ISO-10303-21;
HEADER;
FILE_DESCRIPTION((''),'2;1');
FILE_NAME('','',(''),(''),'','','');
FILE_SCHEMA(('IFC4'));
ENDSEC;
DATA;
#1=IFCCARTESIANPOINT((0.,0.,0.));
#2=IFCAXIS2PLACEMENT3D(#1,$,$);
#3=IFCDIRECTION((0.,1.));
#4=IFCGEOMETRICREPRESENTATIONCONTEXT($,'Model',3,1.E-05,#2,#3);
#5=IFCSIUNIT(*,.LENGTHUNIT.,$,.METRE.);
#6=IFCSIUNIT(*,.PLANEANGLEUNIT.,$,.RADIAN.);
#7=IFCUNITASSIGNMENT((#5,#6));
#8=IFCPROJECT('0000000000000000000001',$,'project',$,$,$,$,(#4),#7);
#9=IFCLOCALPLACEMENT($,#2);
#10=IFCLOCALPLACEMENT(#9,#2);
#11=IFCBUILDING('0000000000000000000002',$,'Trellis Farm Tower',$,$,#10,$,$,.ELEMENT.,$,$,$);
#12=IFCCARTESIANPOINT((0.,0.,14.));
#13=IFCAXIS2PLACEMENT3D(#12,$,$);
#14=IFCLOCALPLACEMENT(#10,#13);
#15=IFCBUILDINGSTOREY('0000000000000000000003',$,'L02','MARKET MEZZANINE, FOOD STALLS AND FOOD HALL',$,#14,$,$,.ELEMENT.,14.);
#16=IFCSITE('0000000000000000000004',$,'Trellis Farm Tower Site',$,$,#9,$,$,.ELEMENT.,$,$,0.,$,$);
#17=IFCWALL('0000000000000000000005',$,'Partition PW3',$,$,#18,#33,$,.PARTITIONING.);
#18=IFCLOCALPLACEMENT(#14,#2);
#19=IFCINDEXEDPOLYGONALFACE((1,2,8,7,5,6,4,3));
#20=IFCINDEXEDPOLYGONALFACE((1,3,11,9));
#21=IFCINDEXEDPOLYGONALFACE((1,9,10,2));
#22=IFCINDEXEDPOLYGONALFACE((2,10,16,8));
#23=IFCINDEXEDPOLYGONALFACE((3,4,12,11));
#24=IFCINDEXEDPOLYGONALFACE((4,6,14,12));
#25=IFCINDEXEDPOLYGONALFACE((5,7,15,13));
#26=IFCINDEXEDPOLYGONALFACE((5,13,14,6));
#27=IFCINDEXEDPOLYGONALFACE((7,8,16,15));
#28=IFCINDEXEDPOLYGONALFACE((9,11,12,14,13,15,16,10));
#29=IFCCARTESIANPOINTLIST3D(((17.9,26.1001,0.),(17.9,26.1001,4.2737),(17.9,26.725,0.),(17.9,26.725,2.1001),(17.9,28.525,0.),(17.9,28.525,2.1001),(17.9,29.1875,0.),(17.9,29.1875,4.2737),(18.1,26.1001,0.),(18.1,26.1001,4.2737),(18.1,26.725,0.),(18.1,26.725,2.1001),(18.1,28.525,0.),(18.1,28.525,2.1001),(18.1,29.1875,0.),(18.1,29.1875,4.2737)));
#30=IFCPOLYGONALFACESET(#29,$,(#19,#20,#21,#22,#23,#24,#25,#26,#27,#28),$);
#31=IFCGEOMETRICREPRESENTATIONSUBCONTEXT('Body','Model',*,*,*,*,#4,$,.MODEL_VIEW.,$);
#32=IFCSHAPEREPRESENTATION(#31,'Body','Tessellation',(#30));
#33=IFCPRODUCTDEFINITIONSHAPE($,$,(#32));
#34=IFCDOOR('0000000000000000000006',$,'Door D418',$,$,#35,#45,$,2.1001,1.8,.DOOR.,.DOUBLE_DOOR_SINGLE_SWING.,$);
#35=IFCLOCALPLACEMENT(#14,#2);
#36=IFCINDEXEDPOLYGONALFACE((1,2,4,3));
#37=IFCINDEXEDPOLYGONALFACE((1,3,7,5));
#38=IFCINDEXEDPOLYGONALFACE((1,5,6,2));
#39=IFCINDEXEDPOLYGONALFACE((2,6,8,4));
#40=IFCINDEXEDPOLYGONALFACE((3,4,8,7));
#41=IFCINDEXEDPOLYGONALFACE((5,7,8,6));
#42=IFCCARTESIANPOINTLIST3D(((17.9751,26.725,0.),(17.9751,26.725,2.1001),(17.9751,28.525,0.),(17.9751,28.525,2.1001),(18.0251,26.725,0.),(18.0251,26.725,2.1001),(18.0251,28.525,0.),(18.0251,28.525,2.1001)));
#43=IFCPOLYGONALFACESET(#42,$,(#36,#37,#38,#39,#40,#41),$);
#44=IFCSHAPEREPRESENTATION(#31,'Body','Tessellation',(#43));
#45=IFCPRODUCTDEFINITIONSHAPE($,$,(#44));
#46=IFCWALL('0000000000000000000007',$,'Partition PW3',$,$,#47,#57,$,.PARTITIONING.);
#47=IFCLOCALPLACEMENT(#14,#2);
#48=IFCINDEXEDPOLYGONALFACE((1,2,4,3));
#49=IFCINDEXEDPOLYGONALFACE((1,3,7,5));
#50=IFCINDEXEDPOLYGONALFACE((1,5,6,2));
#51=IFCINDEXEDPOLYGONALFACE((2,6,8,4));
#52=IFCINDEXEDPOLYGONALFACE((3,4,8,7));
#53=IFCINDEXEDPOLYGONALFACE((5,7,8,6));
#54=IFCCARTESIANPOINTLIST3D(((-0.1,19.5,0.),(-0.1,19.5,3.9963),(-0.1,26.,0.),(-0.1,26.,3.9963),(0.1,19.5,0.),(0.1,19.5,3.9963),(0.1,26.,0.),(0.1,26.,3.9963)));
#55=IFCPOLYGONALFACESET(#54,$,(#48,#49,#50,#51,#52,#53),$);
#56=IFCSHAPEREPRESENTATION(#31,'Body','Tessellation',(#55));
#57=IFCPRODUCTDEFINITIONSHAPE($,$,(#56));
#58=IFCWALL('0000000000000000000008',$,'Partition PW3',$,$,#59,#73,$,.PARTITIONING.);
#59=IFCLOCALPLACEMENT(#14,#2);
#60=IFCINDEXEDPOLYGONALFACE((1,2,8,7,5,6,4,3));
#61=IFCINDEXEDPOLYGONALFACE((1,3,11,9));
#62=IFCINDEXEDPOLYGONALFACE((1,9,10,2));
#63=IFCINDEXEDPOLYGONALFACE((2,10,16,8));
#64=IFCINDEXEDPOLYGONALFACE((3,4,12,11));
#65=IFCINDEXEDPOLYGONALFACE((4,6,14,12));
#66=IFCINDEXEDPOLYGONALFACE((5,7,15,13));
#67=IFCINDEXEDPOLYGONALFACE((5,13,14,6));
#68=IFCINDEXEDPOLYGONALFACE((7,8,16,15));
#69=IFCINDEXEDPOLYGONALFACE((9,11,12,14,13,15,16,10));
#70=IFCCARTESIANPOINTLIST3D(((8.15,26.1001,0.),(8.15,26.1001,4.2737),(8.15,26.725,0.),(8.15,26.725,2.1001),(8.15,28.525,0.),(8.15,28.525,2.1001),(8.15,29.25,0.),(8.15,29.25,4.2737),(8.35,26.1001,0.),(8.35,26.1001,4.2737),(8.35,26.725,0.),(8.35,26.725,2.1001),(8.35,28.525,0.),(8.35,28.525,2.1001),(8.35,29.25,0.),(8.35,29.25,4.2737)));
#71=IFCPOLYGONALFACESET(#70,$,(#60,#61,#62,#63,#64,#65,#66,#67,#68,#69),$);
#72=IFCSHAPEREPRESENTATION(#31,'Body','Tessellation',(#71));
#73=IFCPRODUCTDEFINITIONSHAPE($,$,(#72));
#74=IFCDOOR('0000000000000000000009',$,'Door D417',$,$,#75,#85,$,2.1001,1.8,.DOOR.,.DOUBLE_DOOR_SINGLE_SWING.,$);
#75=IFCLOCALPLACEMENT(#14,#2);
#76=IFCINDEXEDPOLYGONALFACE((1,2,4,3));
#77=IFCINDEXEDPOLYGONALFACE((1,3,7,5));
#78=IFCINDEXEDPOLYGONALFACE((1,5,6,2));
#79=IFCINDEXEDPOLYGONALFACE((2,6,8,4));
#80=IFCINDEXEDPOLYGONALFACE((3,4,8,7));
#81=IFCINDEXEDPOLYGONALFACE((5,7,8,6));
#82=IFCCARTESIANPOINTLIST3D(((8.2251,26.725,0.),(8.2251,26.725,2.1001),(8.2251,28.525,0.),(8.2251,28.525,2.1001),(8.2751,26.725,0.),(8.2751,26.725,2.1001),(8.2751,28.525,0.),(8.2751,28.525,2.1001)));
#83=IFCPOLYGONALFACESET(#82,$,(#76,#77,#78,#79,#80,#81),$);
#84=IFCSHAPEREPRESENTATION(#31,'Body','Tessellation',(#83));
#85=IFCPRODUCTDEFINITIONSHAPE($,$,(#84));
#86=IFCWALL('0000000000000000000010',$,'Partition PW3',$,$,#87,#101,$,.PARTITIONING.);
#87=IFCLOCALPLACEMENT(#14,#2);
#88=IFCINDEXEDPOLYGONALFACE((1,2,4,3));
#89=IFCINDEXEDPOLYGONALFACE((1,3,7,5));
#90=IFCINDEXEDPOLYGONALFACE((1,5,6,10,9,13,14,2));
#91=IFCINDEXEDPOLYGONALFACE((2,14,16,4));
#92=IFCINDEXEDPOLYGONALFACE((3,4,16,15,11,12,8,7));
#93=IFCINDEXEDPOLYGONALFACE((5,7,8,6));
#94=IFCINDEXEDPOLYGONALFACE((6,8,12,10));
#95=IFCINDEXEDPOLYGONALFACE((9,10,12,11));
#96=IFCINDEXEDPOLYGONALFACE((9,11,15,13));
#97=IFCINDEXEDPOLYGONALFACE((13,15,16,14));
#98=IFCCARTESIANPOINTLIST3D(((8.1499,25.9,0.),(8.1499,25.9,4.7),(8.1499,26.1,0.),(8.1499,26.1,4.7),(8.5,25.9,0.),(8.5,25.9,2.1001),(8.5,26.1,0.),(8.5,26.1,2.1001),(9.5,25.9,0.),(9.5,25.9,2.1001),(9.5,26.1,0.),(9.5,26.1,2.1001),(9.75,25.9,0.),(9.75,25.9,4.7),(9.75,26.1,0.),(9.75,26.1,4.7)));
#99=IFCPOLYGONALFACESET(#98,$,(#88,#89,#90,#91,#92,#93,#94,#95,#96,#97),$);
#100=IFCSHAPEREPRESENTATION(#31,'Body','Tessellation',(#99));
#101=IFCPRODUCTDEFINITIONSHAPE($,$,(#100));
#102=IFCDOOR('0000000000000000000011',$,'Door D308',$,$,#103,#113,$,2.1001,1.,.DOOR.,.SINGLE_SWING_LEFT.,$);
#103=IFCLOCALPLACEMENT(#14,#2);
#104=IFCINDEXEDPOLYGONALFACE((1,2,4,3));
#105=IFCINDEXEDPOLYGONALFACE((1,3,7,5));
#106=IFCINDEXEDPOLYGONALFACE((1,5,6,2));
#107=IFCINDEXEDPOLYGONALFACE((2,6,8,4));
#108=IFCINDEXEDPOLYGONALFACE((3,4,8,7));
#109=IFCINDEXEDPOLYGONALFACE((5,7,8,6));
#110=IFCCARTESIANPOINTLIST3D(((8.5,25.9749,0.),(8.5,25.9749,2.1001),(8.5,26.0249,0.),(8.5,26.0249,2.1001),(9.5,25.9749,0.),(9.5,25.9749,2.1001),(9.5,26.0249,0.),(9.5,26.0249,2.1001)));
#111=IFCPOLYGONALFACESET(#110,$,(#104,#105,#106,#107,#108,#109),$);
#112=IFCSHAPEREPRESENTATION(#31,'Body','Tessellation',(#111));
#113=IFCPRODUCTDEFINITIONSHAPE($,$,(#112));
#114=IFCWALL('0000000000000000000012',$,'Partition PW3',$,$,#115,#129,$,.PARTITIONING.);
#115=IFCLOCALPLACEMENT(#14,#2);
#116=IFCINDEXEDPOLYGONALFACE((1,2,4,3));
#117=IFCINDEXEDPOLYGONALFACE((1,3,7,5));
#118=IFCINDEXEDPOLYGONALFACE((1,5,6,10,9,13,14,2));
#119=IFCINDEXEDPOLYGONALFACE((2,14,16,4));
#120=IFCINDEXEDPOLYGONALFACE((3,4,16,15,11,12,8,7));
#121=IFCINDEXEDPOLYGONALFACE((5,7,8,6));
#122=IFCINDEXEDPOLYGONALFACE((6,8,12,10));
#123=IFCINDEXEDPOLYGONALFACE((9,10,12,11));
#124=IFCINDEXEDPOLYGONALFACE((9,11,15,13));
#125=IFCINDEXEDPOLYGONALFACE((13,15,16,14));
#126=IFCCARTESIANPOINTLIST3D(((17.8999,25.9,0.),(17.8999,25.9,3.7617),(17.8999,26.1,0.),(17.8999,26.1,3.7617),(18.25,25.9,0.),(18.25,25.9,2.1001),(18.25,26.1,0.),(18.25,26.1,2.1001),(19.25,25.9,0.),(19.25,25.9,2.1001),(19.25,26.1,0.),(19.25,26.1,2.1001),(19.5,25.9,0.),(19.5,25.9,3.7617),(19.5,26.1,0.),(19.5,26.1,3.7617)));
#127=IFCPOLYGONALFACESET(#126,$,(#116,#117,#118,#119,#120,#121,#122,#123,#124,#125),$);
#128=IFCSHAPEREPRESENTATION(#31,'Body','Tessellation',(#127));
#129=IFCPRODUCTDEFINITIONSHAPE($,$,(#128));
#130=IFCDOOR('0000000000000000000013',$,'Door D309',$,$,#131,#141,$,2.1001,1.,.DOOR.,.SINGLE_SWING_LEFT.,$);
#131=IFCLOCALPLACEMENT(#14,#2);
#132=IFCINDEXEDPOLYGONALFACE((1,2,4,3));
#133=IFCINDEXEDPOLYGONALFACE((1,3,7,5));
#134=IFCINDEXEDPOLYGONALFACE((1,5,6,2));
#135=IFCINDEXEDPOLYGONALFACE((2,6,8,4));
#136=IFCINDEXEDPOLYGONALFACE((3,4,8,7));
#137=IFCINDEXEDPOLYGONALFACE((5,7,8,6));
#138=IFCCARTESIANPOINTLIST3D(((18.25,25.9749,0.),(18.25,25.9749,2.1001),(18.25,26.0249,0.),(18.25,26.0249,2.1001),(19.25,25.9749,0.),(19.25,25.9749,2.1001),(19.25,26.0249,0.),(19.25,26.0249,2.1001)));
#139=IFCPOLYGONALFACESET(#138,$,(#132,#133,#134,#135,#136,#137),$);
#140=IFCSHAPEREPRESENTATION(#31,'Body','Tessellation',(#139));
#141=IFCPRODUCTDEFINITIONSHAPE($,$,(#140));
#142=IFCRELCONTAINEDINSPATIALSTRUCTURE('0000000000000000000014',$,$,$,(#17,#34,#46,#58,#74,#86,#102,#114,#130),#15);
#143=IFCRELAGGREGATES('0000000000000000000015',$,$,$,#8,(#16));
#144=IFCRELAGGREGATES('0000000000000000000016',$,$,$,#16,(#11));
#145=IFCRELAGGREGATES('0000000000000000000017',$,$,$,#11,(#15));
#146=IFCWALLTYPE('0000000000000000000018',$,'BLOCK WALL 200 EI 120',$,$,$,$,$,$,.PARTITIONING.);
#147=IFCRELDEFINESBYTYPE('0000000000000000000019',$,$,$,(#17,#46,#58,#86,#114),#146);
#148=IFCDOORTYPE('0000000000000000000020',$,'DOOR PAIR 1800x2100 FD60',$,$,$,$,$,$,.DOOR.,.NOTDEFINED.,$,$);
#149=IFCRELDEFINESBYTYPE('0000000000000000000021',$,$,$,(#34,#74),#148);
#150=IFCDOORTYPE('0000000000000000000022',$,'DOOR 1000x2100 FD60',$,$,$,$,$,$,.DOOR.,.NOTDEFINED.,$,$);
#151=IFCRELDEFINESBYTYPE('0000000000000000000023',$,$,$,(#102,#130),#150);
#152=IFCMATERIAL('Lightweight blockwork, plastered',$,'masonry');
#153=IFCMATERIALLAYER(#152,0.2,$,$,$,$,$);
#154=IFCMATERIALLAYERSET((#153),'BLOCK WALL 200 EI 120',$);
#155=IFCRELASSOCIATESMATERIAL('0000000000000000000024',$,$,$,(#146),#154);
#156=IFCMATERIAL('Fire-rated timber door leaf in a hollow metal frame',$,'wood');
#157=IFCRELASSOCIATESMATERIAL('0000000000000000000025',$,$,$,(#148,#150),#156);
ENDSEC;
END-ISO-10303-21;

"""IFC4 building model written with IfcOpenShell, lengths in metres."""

from ifc_helpers import new_model, si_unit, direction, frame, frame_2d, origin, place, context, subcontext, project, spatial, rectangle, extrude, source, transform, mapped, material, layer, layer_set, type_object, element, fill, save


model = new_model("IFC4")

# Units and contexts
model_context = context("Model", 3, precision=1e-05, world=origin(), true_north=direction((0.0, 1.0)))
body_context = subcontext(model_context, "Body", "Model", "MODEL_VIEW")
ifc_project = project(units=[si_unit("LENGTHUNIT", "METRE"), si_unit("PLANEANGLEUNIT", "RADIAN")], contexts=[model_context])

# Site, building, storey
site_placement = place(None, origin())
site = spatial("IfcSite", under=ifc_project, at=site_placement, Name="Trellis Farm Tower Site", CompositionType="ELEMENT", RefElevation=0.0)
building_placement = place(site_placement, origin())
building = spatial("IfcBuilding", under=site, at=building_placement, Name="Trellis Farm Tower", CompositionType="ELEMENT")
storey_placement = place(building_placement, frame((0.0, 0.0, 14.0)))
storey = spatial("IfcBuildingStorey", under=building, at=storey_placement, Name="L02", Description="MARKET MEZZANINE, FOOD STALLS AND FOOD HALL", CompositionType="ELEMENT", Elevation=14.0)

# Wall, opening, door
ifc_material_1 = material(Name="Lightweight blockwork, plastered", Category="masonry")
ifc_layer_1 = layer(ifc_material_1, 0.2)
ifc_layer_set_1 = layer_set([ifc_layer_1], Name="BLOCK WALL 200 EI 120")
wall_type_1 = type_object("IfcWallType", Name="BLOCK WALL 200 EI 120", PredefinedType="PARTITIONING", material=ifc_layer_set_1)
shared_shape_1 = source(origin(), body_context, "Body", "SweptSolid", [
    extrude(rectangle(XDim=3.0874, YDim=0.2, at=frame_2d((1.5437, 0.0))), origin(), (0.0, 0.0, 1.0), 4.2737),
])
wall_1_placement = place(storey_placement, frame((18.0, 26.1001, 0.0), z_axis=(0.0, 0.0, 1.0), x_axis=(0.0, 1.0, 0.0)))
wall_1 = element("IfcWall", 1, at=wall_1_placement, inside=storey, type_object=wall_type_1, Name="Partition PW3", PredefinedType="PARTITIONING", context=body_context, shape_type="MappedRepresentation", body=[
    mapped(shared_shape_1, transform((0.0, 0.0, 0.0))),
])
shared_shape_2 = source(origin(), body_context, "Body", "SweptSolid", [
    extrude(rectangle(XDim=1.8, YDim=2.1001, at=frame_2d((0.8999, 1.05))), frame((0.0, 0.1101, 0.0), z_axis=(0.0, -1.0, 0.0), x_axis=(1.0, 0.0, 0.0)), (0.0, 0.0, 1.0), 0.2202),
])
opening_1_placement = place(wall_1_placement, frame((0.625, 0.0, 0.0)))
opening_1 = element("IfcOpeningElement", 2, at=opening_1_placement, cuts=wall_1, PredefinedType="OPENING", context=body_context, shape_type="MappedRepresentation", body=[
    mapped(shared_shape_2, transform((0.0, 0.0, 0.0))),
])
ifc_material_2 = material(Name="Fire-rated timber door leaf in a hollow metal frame", Category="wood")
door_type_1 = type_object("IfcDoorType", Name="DOOR PAIR 1800x2100 FD60", OperationType="NOTDEFINED", PredefinedType="DOOR", material=ifc_material_2)
shared_shape_3 = source(origin(), body_context, "Body", "SweptSolid", [
    extrude(rectangle(XDim=1.8, YDim=2.1001, at=frame_2d((0.8999, 1.05))), frame((0.0, 0.0249, 0.0), z_axis=(0.0, -1.0, 0.0), x_axis=(1.0, 0.0, 0.0)), (0.0, 0.0, 1.0), 0.05),
])
door_1_placement = place(opening_1_placement, origin())
door_1 = element("IfcDoor", 3, at=door_1_placement, inside=storey, type_object=door_type_1, Name="Door D418", OperationType="DOUBLE_DOOR_SINGLE_SWING", OverallHeight=2.1001, OverallWidth=1.8, PredefinedType="DOOR", context=body_context, shape_type="MappedRepresentation", body=[
    mapped(shared_shape_3, transform((0.0, 0.0, 0.0))),
])
fill(opening_1, door_1)

# Wall
shared_shape_4 = source(origin(), body_context, "Body", "SweptSolid", [
    extrude(rectangle(XDim=6.5, YDim=0.2, at=frame_2d((3.25, 0.0))), origin(), (0.0, 0.0, 1.0), 3.9963),
])
wall_2_placement = place(storey_placement, frame((0.0, 26.0, 0.0), z_axis=(0.0, 0.0, 1.0), x_axis=(0.0, -1.0, 0.0)))
element("IfcWall", 4, at=wall_2_placement, inside=storey, type_object=wall_type_1, Name="Partition PW3", PredefinedType="PARTITIONING", context=body_context, shape_type="MappedRepresentation", body=[
    mapped(shared_shape_4, transform((0.0, 0.0, 0.0))),
])

# Walls, openings, doors
shared_shape_5 = source(origin(), body_context, "Body", "SweptSolid", [
    extrude(rectangle(XDim=3.1499, YDim=0.2, at=frame_2d((1.575, 0.0))), origin(), (0.0, 0.0, 1.0), 4.2737),
])
wall_3_placement = place(storey_placement, frame((8.25, 26.1001, 0.0), z_axis=(0.0, 0.0, 1.0), x_axis=(0.0, 1.0, 0.0)))
wall_3 = element("IfcWall", 5, at=wall_3_placement, inside=storey, type_object=wall_type_1, Name="Partition PW3", PredefinedType="PARTITIONING", context=body_context, shape_type="MappedRepresentation", body=[
    mapped(shared_shape_5, transform((0.0, 0.0, 0.0))),
])
opening_2_placement = place(wall_3_placement, frame((0.625, 0.0, 0.0)))
opening_2 = element("IfcOpeningElement", 6, at=opening_2_placement, cuts=wall_3, PredefinedType="OPENING", context=body_context, shape_type="MappedRepresentation", body=[
    mapped(shared_shape_2, transform((0.0, 0.0, 0.0))),
])
door_2_placement = place(opening_2_placement, origin())
door_2 = element("IfcDoor", 7, at=door_2_placement, inside=storey, type_object=door_type_1, Name="Door D417", OperationType="DOUBLE_DOOR_SINGLE_SWING", OverallHeight=2.1001, OverallWidth=1.8, PredefinedType="DOOR", context=body_context, shape_type="MappedRepresentation", body=[
    mapped(shared_shape_3, transform((0.0, 0.0, 0.0))),
])
fill(opening_2, door_2)
shared_shape_6 = source(origin(), body_context, "Body", "SweptSolid", [
    extrude(rectangle(XDim=1.6001, YDim=0.2, at=frame_2d((0.8, 0.0))), origin(), (0.0, 0.0, 1.0), 4.7),
])
wall_4_placement = place(storey_placement, frame((8.1499, 26.0, 0.0), z_axis=(0.0, 0.0, 1.0), x_axis=(1.0, 0.0, 0.0)))
wall_4 = element("IfcWall", 8, at=wall_4_placement, inside=storey, type_object=wall_type_1, Name="Partition PW3", PredefinedType="PARTITIONING", context=body_context, shape_type="MappedRepresentation", body=[
    mapped(shared_shape_6, transform((0.0, 0.0, 0.0))),
])
shared_shape_7 = source(origin(), body_context, "Body", "SweptSolid", [
    extrude(rectangle(XDim=1.0, YDim=2.1001, at=frame_2d((0.5, 1.05))), frame((0.0, 0.1101, 0.0), z_axis=(0.0, -1.0, 0.0), x_axis=(1.0, 0.0, 0.0)), (0.0, 0.0, 1.0), 0.2202),
])
opening_3_placement = place(wall_4_placement, frame((0.3501, 0.0, 0.0)))
opening_3 = element("IfcOpeningElement", 9, at=opening_3_placement, cuts=wall_4, PredefinedType="OPENING", context=body_context, shape_type="MappedRepresentation", body=[
    mapped(shared_shape_7, transform((0.0, 0.0, 0.0))),
])
door_type_2 = type_object("IfcDoorType", Name="DOOR 1000x2100 FD60", OperationType="NOTDEFINED", PredefinedType="DOOR", material=ifc_material_2)
shared_shape_8 = source(origin(), body_context, "Body", "SweptSolid", [
    extrude(rectangle(XDim=1.0, YDim=2.1001, at=frame_2d((0.5, 1.05))), frame((0.0, 0.0249, 0.0), z_axis=(0.0, -1.0, 0.0), x_axis=(1.0, 0.0, 0.0)), (0.0, 0.0, 1.0), 0.05),
])
door_3_placement = place(opening_3_placement, origin())
door_3 = element("IfcDoor", 10, at=door_3_placement, inside=storey, type_object=door_type_2, Name="Door D308", OperationType="SINGLE_SWING_LEFT", OverallHeight=2.1001, OverallWidth=1.0, PredefinedType="DOOR", context=body_context, shape_type="MappedRepresentation", body=[
    mapped(shared_shape_8, transform((0.0, 0.0, 0.0))),
])
fill(opening_3, door_3)
shared_shape_9 = source(origin(), body_context, "Body", "SweptSolid", [
    extrude(rectangle(XDim=1.6001, YDim=0.2, at=frame_2d((0.8, 0.0))), origin(), (0.0, 0.0, 1.0), 3.7617),
])
wall_5_placement = place(storey_placement, frame((17.8999, 26.0, 0.0), z_axis=(0.0, 0.0, 1.0), x_axis=(1.0, 0.0, 0.0)))
wall_5 = element("IfcWall", 11, at=wall_5_placement, inside=storey, type_object=wall_type_1, Name="Partition PW3", PredefinedType="PARTITIONING", context=body_context, shape_type="MappedRepresentation", body=[
    mapped(shared_shape_9, transform((0.0, 0.0, 0.0))),
])
opening_4_placement = place(wall_5_placement, frame((0.3501, 0.0, 0.0)))
opening_4 = element("IfcOpeningElement", 12, at=opening_4_placement, cuts=wall_5, PredefinedType="OPENING", context=body_context, shape_type="MappedRepresentation", body=[
    mapped(shared_shape_7, transform((0.0, 0.0, 0.0))),
])
door_4_placement = place(opening_4_placement, origin())
door_4 = element("IfcDoor", 13, at=door_4_placement, inside=storey, type_object=door_type_2, Name="Door D309", OperationType="SINGLE_SWING_LEFT", OverallHeight=2.1001, OverallWidth=1.0, PredefinedType="DOOR", context=body_context, shape_type="MappedRepresentation", body=[
    mapped(shared_shape_8, transform((0.0, 0.0, 0.0))),
])
fill(opening_4, door_4)

save(model, "model.ifc")
